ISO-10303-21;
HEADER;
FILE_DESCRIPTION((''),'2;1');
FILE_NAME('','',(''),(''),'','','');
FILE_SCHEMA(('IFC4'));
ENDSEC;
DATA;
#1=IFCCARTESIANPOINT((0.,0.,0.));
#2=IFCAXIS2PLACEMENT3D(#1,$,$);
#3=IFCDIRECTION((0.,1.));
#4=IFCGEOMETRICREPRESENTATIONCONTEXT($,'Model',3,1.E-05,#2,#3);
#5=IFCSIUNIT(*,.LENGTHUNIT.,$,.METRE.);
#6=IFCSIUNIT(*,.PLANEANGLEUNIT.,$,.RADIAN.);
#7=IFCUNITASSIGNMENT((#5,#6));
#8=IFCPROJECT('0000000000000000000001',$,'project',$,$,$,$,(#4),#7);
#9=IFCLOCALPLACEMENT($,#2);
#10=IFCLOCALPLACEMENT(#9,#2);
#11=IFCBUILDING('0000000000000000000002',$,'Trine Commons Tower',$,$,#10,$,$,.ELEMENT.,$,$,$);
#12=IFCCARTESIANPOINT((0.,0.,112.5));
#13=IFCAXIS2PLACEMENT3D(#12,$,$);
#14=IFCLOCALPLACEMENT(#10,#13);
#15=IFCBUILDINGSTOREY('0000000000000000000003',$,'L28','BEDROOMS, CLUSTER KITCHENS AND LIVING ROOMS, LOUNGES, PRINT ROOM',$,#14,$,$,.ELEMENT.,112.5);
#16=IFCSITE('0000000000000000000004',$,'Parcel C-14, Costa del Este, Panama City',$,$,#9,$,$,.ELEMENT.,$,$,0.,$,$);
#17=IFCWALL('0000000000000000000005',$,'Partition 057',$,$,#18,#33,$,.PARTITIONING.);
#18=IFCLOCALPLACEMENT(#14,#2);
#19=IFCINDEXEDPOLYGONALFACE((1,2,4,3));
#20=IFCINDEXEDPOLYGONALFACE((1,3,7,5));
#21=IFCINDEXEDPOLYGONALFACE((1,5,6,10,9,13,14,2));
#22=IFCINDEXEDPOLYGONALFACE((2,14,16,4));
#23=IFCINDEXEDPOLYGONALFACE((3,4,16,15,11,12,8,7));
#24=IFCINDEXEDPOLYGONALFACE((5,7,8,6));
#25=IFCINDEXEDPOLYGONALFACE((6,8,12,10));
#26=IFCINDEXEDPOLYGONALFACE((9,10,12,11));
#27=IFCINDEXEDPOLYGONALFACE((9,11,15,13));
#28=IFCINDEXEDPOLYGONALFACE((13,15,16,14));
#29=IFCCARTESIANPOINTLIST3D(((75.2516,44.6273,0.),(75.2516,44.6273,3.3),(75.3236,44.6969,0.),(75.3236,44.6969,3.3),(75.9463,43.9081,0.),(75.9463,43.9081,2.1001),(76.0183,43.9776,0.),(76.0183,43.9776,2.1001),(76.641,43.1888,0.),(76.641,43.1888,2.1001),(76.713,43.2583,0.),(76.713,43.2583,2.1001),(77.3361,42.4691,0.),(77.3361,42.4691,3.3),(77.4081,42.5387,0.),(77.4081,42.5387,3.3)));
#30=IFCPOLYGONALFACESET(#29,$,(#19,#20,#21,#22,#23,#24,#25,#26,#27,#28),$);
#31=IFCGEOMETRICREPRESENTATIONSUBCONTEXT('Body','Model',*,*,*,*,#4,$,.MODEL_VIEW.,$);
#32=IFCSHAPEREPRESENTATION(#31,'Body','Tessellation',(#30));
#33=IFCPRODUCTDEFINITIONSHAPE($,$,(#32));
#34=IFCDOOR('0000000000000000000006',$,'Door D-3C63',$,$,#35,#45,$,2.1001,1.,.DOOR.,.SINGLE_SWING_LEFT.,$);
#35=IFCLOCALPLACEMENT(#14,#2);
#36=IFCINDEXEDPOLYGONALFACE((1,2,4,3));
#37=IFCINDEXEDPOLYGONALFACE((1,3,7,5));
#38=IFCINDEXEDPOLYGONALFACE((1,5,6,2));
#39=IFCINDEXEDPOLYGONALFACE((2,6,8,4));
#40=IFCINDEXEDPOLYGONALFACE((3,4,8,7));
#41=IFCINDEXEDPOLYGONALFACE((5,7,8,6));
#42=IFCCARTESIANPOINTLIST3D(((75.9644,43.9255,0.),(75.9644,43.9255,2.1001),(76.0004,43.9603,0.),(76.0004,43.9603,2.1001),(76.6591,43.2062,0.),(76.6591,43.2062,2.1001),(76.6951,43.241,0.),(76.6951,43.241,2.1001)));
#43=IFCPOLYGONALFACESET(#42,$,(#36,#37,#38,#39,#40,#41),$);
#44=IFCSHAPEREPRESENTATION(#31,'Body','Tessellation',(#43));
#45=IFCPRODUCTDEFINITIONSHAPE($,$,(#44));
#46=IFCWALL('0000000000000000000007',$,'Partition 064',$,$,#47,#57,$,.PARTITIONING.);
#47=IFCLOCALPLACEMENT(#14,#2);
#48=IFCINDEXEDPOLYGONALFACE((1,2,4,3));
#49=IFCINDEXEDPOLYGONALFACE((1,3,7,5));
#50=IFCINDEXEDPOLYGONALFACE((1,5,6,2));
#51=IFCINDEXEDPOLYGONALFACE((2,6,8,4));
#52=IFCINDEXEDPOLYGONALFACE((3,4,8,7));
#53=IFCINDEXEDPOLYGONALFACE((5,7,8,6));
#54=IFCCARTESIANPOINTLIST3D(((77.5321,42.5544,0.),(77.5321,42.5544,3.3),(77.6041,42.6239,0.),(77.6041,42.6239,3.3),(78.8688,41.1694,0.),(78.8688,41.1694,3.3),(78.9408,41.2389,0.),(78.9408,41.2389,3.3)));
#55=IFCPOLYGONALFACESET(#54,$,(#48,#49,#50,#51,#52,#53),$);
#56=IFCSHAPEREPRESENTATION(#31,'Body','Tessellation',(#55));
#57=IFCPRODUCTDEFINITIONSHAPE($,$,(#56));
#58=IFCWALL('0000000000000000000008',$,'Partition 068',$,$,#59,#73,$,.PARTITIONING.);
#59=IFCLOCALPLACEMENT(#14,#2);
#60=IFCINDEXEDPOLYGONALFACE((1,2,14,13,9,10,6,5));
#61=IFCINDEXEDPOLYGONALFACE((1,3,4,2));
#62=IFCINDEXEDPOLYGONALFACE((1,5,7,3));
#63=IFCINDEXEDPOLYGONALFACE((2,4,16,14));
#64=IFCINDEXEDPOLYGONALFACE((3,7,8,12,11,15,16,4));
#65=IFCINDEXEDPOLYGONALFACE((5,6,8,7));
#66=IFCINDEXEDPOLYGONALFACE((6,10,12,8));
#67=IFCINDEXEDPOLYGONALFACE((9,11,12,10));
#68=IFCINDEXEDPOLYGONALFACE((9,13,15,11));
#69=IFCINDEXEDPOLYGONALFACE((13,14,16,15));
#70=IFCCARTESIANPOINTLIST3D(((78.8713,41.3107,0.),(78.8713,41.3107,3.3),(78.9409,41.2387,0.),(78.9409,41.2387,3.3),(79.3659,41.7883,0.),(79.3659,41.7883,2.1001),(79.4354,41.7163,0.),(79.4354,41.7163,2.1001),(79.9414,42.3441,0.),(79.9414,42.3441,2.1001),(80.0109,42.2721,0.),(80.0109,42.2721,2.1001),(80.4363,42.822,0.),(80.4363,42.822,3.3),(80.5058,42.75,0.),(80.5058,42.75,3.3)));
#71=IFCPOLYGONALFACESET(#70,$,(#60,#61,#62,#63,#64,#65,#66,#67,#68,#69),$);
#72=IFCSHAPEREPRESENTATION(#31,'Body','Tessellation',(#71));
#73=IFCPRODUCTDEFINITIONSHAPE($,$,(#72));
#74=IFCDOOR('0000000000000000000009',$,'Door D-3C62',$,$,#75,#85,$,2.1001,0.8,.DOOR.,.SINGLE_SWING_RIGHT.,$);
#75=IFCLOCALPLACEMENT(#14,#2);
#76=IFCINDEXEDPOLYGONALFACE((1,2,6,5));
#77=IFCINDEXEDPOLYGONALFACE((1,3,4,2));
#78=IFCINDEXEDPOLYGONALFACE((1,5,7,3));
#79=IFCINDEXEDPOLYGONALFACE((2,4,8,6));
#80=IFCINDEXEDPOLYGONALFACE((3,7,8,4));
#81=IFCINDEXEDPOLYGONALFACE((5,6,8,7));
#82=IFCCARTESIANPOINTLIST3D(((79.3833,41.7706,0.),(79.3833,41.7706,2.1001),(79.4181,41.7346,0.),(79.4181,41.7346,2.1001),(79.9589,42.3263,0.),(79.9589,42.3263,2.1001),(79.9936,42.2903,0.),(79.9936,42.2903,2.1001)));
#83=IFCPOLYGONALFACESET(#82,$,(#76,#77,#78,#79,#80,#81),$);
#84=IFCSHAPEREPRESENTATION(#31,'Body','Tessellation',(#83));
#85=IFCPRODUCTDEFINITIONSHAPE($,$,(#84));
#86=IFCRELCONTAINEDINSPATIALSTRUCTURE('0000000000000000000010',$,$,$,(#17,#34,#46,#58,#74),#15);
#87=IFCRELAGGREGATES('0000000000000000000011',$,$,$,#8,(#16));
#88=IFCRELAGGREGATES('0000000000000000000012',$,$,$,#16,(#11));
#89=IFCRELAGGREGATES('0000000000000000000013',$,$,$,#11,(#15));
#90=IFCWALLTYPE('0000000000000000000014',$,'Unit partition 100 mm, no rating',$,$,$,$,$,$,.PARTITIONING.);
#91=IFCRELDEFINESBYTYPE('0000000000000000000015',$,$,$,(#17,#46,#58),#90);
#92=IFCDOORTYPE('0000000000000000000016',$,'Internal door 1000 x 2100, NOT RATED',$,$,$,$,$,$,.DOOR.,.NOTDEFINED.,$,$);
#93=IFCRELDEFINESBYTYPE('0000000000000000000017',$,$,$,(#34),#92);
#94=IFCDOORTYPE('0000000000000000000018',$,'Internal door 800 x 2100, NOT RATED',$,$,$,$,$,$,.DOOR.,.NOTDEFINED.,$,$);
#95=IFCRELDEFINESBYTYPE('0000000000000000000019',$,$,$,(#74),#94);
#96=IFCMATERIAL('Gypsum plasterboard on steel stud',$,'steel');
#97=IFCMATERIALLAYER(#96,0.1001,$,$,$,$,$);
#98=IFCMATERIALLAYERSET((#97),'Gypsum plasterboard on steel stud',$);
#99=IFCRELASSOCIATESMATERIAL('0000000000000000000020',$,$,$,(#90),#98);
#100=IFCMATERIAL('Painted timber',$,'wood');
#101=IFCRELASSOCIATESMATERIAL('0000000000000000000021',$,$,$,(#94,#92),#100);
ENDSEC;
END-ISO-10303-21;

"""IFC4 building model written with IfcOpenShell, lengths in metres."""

from ifc_helpers import new_model, si_unit, direction, frame, frame_2d, origin, place, context, subcontext, project, spatial, rectangle, extrude, material, layer, layer_set, type_object, element, fill, save


model = new_model("IFC4")

# Units and contexts
model_context = context("Model", 3, precision=1e-05, world=origin(), true_north=direction((0.0, 1.0)))
body_context = subcontext(model_context, "Body", "Model", "MODEL_VIEW")
ifc_project = project(units=[si_unit("LENGTHUNIT", "METRE"), si_unit("PLANEANGLEUNIT", "RADIAN")], contexts=[model_context])

# Site, building, storey
site_placement = place(None, origin())
site = spatial("IfcSite", under=ifc_project, at=site_placement, Name="Parcel C-14, Costa del Este, Panama City", CompositionType="ELEMENT", RefElevation=0.0)
building_placement = place(site_placement, origin())
building = spatial("IfcBuilding", under=site, at=building_placement, Name="Trine Commons Tower", CompositionType="ELEMENT")
storey_placement = place(building_placement, frame((0.0, 0.0, 112.5)))
storey = spatial("IfcBuildingStorey", under=building, at=storey_placement, Name="L28", Description="BEDROOMS, CLUSTER KITCHENS AND LIVING ROOMS, LOUNGES, PRINT ROOM", CompositionType="ELEMENT", Elevation=112.5)

# Shared definitions
ifc_material_1 = material(Name="Gypsum plasterboard on steel stud", Category="steel")

# Shared definitions
ifc_layer_1 = layer(ifc_material_1, 0.1001)
ifc_layer_set_1 = layer_set([ifc_layer_1], Name="Gypsum plasterboard on steel stud")
wall_type_1 = type_object("IfcWallType", Name="Unit partition 100 mm, no rating", PredefinedType="PARTITIONING", material=ifc_layer_set_1)

# Shared definitions
ifc_material_2 = material(Name="Painted timber", Category="wood")
door_type_1 = type_object("IfcDoorType", Name="Internal door 800 x 2100, NOT RATED", OperationType="NOTDEFINED", PredefinedType="DOOR", material=ifc_material_2)

# Wall, opening, door
wall_1_placement = place(storey_placement, frame((75.2876, 44.6621, 0.0), z_axis=(0.0, 0.0, 1.0), x_axis=(0.694714, -0.719286, 0.0)))
wall_1 = element("IfcWall", 1, at=wall_1_placement, inside=storey, type_object=wall_type_1, Name="Partition 057", PredefinedType="PARTITIONING", context=body_context, shape_type="SweptSolid", body=[
    extrude(rectangle(XDim=3.0005, YDim=0.1001, at=frame_2d((1.5002, 0.0))), origin(), (0.0, 0.0, 1.0), 3.3),
])
opening_1_placement = place(wall_1_placement, frame((1.0, 0.0, 0.0)))
opening_1 = element("IfcOpeningElement", 2, at=opening_1_placement, cuts=wall_1, PredefinedType="OPENING", context=body_context, shape_type="SweptSolid", body=[
    extrude(rectangle(XDim=1.0, YDim=2.1001, at=frame_2d((0.5, 1.05))), frame((0.0, 0.0601, 0.0), z_axis=(0.0, -1.0, 0.0), x_axis=(1.0, 0.0, 0.0)), (0.0, 0.0, 1.0), 0.1201),
])
door_type_2 = type_object("IfcDoorType", Name="Internal door 1000 x 2100, NOT RATED", OperationType="NOTDEFINED", PredefinedType="DOOR", material=ifc_material_2)
door_1_placement = place(opening_1_placement, frame((1.0, 0.0, 0.0), z_axis=(0.0, 0.0, 1.0), x_axis=(-1.0, 0.0, 0.0)))
door_1 = element("IfcDoor", 3, at=door_1_placement, inside=storey, type_object=door_type_2, Name="Door D-3C63", OperationType="SINGLE_SWING_LEFT", OverallHeight=2.1001, OverallWidth=1.0, PredefinedType="DOOR", context=body_context, shape_type="SweptSolid", body=[
    extrude(rectangle(XDim=1.0, YDim=2.1001, at=frame_2d((0.5, 1.05))), frame((0.0, 0.0249, 0.0), z_axis=(0.0, -1.0, 0.0), x_axis=(1.0, 0.0, 0.0)), (0.0, 0.0, 1.0), 0.05),
])
fill(opening_1, door_1)

# Wall
wall_2_placement = place(storey_placement, frame((77.5681, 42.5891, 0.0), z_axis=(0.0, 0.0, 1.0), x_axis=(0.694438, -0.719552, 0.0)))
element("IfcWall", 4, at=wall_2_placement, inside=storey, type_object=wall_type_1, Name="Partition 064", PredefinedType="PARTITIONING", context=body_context, shape_type="SweptSolid", body=[
    extrude(rectangle(XDim=1.9248, YDim=0.1001, at=frame_2d((0.9624, 0.0))), origin(), (0.0, 0.0, 1.0), 3.3),
])

# Wall, opening, door
wall_3_placement = place(storey_placement, frame((78.906, 41.2747, 0.0), z_axis=(0.0, 0.0, 1.0), x_axis=(0.719343, 0.694655, 0.0)))
wall_3 = element("IfcWall", 5, at=wall_3_placement, inside=storey, type_object=wall_type_1, Name="Partition 068", PredefinedType="PARTITIONING", context=body_context, shape_type="SweptSolid", body=[
    extrude(rectangle(XDim=2.1755, YDim=0.1001, at=frame_2d((1.0879, 0.0))), origin(), (0.0, 0.0, 1.0), 3.3),
])
opening_2_placement = place(wall_3_placement, frame((0.6877, 0.0, 0.0)))
opening_2 = element("IfcOpeningElement", 6, at=opening_2_placement, cuts=wall_3, PredefinedType="OPENING", context=body_context, shape_type="SweptSolid", body=[
    extrude(rectangle(XDim=0.8, YDim=2.1001, at=frame_2d((0.3999, 1.05))), frame((0.0, 0.0601, 0.0), z_axis=(0.0, -1.0, 0.0), x_axis=(1.0, 0.0, 0.0)), (0.0, 0.0, 1.0), 0.1201),
])
door_2_placement = place(opening_2_placement, frame((0.8, 0.0, 0.0), z_axis=(0.0, 0.0, 1.0), x_axis=(-1.0, 0.0, 0.0)))
door_2 = element("IfcDoor", 7, at=door_2_placement, inside=storey, type_object=door_type_1, Name="Door D-3C62", OperationType="SINGLE_SWING_RIGHT", OverallHeight=2.1001, OverallWidth=0.8, PredefinedType="DOOR", context=body_context, shape_type="SweptSolid", body=[
    extrude(rectangle(XDim=0.8, YDim=2.1001, at=frame_2d((0.3999, 1.05))), frame((0.0, 0.0249, 0.0), z_axis=(0.0, -1.0, 0.0), x_axis=(1.0, 0.0, 0.0)), (0.0, 0.0, 1.0), 0.05),
])
fill(opening_2, door_2)

save(model, "model.ifc")
